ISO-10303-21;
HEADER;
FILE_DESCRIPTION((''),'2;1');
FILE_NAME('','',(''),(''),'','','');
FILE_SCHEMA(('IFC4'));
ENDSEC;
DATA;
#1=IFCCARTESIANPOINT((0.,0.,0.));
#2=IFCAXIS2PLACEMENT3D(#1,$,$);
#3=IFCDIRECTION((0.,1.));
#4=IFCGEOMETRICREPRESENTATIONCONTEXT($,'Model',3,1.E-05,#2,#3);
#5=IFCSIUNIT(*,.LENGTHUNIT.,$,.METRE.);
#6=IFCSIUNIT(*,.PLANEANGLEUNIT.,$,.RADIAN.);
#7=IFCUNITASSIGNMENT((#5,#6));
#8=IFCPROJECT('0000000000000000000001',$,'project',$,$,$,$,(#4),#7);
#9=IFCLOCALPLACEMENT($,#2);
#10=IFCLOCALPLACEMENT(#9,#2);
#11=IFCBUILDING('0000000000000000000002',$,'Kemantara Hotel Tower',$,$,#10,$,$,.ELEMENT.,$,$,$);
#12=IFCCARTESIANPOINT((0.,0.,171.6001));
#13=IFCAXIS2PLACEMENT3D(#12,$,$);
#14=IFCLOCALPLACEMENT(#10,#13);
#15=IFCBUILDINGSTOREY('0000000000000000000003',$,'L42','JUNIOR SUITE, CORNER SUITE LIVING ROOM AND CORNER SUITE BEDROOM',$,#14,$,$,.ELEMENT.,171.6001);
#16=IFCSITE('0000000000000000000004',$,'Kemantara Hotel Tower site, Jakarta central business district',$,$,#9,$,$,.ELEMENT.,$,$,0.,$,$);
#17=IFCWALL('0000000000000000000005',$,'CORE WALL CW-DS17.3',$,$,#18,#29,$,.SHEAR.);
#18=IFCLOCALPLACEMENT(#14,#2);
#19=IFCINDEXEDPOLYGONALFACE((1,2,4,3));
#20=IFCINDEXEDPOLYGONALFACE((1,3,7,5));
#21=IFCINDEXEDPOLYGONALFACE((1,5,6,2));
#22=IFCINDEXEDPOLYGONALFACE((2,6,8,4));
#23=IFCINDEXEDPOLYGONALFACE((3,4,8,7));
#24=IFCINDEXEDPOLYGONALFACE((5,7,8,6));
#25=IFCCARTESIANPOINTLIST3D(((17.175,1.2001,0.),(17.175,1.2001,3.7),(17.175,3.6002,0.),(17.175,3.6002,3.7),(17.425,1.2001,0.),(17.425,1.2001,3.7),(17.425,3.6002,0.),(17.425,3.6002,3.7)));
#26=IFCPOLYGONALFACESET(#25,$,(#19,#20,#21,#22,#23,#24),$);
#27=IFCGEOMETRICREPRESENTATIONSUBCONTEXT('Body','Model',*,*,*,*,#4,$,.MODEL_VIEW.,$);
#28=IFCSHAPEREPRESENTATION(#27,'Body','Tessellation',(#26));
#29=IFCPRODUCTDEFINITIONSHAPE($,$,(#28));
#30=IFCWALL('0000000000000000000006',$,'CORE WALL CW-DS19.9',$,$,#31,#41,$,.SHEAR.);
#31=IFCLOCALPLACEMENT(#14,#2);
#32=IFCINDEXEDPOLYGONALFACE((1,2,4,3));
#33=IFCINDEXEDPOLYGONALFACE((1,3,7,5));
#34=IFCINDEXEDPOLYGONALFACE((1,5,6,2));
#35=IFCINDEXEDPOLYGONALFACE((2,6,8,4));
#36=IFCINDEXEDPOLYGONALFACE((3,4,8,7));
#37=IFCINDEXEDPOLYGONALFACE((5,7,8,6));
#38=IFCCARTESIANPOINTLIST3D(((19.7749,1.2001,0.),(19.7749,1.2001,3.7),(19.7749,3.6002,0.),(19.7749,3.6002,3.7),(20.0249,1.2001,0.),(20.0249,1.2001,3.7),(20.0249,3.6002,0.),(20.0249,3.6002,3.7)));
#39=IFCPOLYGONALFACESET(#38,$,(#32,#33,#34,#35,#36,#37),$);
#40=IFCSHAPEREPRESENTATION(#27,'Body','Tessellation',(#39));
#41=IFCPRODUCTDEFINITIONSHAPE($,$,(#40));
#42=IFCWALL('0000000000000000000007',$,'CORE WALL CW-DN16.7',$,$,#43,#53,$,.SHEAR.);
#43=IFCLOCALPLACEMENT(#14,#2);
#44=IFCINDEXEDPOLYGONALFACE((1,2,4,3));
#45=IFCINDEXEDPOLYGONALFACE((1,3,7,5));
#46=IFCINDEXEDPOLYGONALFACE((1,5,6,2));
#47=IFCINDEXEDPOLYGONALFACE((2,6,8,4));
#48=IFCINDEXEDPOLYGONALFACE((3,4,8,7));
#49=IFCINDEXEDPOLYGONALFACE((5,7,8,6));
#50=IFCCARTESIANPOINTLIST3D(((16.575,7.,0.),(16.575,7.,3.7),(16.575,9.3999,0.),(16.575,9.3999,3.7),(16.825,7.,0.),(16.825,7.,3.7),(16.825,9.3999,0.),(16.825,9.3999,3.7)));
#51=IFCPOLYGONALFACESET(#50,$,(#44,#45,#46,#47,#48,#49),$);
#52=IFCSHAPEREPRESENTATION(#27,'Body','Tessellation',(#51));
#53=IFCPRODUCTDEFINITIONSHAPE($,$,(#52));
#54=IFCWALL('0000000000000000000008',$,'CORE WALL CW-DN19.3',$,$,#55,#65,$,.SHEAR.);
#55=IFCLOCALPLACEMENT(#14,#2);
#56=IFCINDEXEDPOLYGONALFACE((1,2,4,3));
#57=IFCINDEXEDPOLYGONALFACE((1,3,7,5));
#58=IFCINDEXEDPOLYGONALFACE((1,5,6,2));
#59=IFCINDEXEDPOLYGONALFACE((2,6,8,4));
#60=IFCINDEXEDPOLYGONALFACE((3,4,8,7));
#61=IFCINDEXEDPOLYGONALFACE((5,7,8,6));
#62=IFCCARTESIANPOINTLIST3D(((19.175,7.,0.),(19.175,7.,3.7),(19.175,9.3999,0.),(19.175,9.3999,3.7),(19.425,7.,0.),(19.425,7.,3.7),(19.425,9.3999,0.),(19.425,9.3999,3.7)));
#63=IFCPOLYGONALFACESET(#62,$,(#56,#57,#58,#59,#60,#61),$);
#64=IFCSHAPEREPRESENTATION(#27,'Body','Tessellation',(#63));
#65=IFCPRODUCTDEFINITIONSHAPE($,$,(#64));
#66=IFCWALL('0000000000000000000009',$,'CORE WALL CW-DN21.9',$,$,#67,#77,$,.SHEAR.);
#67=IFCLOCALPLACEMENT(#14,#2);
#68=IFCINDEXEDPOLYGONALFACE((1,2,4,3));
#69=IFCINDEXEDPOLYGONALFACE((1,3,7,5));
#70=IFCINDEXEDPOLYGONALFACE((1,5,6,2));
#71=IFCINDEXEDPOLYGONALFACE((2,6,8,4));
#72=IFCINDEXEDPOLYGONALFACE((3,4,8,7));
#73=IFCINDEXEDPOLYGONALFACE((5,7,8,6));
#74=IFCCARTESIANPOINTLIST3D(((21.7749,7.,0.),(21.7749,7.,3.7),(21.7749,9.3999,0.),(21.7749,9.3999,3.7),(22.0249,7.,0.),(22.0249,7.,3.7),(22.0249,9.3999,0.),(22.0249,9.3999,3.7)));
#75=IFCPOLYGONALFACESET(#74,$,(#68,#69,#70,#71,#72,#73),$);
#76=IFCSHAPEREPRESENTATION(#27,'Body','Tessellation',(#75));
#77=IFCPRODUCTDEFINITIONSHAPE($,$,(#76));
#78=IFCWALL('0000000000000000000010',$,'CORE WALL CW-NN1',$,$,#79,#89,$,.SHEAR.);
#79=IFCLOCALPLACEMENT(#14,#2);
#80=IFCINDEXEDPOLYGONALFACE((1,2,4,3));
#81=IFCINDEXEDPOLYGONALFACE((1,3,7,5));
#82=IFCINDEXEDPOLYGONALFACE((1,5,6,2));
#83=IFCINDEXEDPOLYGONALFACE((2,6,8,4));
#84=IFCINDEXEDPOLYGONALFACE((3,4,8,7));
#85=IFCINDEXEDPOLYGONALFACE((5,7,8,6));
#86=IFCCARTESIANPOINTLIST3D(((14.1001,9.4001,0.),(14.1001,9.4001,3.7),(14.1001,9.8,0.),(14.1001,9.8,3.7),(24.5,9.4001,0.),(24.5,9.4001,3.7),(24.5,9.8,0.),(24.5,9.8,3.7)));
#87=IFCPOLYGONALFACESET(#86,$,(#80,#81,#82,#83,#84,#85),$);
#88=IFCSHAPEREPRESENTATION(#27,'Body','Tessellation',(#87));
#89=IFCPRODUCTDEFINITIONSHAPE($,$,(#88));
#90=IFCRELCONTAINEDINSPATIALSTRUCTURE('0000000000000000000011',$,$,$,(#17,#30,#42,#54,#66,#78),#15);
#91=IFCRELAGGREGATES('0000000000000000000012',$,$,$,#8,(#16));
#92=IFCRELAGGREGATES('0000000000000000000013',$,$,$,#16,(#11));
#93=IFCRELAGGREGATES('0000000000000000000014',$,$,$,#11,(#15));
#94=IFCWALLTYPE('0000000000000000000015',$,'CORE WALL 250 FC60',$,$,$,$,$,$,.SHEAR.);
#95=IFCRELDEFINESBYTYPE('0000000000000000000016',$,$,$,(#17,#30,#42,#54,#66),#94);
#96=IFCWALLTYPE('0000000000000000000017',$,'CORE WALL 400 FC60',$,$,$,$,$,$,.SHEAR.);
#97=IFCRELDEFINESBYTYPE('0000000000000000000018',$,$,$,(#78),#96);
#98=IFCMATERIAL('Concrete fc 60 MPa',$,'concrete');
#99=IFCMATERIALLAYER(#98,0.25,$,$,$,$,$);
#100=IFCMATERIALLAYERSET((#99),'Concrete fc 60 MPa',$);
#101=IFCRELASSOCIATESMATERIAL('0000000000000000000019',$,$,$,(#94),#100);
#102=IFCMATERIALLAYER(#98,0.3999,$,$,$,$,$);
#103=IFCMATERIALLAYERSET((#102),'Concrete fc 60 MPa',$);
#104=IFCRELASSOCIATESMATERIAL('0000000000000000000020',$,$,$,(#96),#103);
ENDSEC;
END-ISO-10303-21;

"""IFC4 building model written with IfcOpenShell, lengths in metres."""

from ifc_helpers import new_model, si_unit, direction, frame, frame_2d, origin, place, context, subcontext, project, spatial, rectangle, extrude, material, layer, layer_set, type_object, element, save


model = new_model("IFC4")

# Units and contexts
model_context = context("Model", 3, precision=1e-05, world=origin(), true_north=direction((0.0, 1.0)))
body_context = subcontext(model_context, "Body", "Model", "MODEL_VIEW")
ifc_project = project(units=[si_unit("LENGTHUNIT", "METRE"), si_unit("PLANEANGLEUNIT", "RADIAN")], contexts=[model_context])

# Site, building, storey
site_placement = place(None, origin())
site = spatial("IfcSite", under=ifc_project, at=site_placement, Name="Kemantara Hotel Tower site, Jakarta central business district", CompositionType="ELEMENT", RefElevation=0.0)
building_placement = place(site_placement, origin())
building = spatial("IfcBuilding", under=site, at=building_placement, Name="Kemantara Hotel Tower", CompositionType="ELEMENT")
storey_placement = place(building_placement, frame((0.0, 0.0, 171.6001)))
storey = spatial("IfcBuildingStorey", under=building, at=storey_placement, Name="L42", Description="JUNIOR SUITE, CORNER SUITE LIVING ROOM AND CORNER SUITE BEDROOM", CompositionType="ELEMENT", Elevation=171.6001)

# Walls
ifc_material_1 = material(Name="Concrete fc 60 MPa", Category="concrete")
ifc_layer_1 = layer(ifc_material_1, 0.25)
ifc_layer_set_1 = layer_set([ifc_layer_1], Name="Concrete fc 60 MPa")
wall_type_1 = type_object("IfcWallType", Name="CORE WALL 250 FC60", PredefinedType="SHEAR", material=ifc_layer_set_1)
for number, where, z_axis, x_axis, name in (
    (1, (17.3, 1.2, 0.0), (0.0, 0.0, 1.0), (0.0, 1.0, 0.0), "CORE WALL CW-DS17.3"),
    (2, (19.8999, 1.2, 0.0), (0.0, 0.0, 1.0), (0.0, 1.0, 0.0), "CORE WALL CW-DS19.9"),
):
    element("IfcWall", number, at=place(storey_placement, frame(where, z_axis=z_axis, x_axis=x_axis)), inside=storey, type_object=wall_type_1, Name=name, PredefinedType="SHEAR", context=body_context, shape_type="SweptSolid", body=[
        extrude(rectangle(XDim=2.4001, YDim=0.25, at=frame_2d((1.2002, 0.0))), origin(), (0.0, 0.0, 1.0), 3.7),
    ])
for number, where, z_axis, x_axis, name in (
    (3, (16.7, 7.0, 0.0), (0.0, 0.0, 1.0), (0.0, 1.0, 0.0), "CORE WALL CW-DN16.7"),
    (4, (19.3, 7.0, 0.0), (0.0, 0.0, 1.0), (0.0, 1.0, 0.0), "CORE WALL CW-DN19.3"),
    (5, (21.8999, 7.0, 0.0), (0.0, 0.0, 1.0), (0.0, 1.0, 0.0), "CORE WALL CW-DN21.9"),
):
    element("IfcWall", number, at=place(storey_placement, frame(where, z_axis=z_axis, x_axis=x_axis)), inside=storey, type_object=wall_type_1, Name=name, PredefinedType="SHEAR", context=body_context, shape_type="SweptSolid", body=[
        extrude(rectangle(XDim=2.3999, YDim=0.25, at=frame_2d((1.2, 0.0))), origin(), (0.0, 0.0, 1.0), 3.7),
    ])
ifc_layer_2 = layer(ifc_material_1, 0.3999)
ifc_layer_set_2 = layer_set([ifc_layer_2], Name="Concrete fc 60 MPa")
wall_type_2 = type_object("IfcWallType", Name="CORE WALL 400 FC60", PredefinedType="SHEAR", material=ifc_layer_set_2)
wall_1_placement = place(storey_placement, frame((14.1001, 9.6001, 0.0), z_axis=(0.0, 0.0, 1.0), x_axis=(1.0, 0.0, 0.0)))
element("IfcWall", 6, at=wall_1_placement, inside=storey, type_object=wall_type_2, Name="CORE WALL CW-NN1", PredefinedType="SHEAR", context=body_context, shape_type="SweptSolid", body=[
    extrude(rectangle(XDim=10.3999, YDim=0.3999, at=frame_2d((5.2, 0.0))), origin(), (0.0, 0.0, 1.0), 3.7),
])

save(model, "model.ifc")
